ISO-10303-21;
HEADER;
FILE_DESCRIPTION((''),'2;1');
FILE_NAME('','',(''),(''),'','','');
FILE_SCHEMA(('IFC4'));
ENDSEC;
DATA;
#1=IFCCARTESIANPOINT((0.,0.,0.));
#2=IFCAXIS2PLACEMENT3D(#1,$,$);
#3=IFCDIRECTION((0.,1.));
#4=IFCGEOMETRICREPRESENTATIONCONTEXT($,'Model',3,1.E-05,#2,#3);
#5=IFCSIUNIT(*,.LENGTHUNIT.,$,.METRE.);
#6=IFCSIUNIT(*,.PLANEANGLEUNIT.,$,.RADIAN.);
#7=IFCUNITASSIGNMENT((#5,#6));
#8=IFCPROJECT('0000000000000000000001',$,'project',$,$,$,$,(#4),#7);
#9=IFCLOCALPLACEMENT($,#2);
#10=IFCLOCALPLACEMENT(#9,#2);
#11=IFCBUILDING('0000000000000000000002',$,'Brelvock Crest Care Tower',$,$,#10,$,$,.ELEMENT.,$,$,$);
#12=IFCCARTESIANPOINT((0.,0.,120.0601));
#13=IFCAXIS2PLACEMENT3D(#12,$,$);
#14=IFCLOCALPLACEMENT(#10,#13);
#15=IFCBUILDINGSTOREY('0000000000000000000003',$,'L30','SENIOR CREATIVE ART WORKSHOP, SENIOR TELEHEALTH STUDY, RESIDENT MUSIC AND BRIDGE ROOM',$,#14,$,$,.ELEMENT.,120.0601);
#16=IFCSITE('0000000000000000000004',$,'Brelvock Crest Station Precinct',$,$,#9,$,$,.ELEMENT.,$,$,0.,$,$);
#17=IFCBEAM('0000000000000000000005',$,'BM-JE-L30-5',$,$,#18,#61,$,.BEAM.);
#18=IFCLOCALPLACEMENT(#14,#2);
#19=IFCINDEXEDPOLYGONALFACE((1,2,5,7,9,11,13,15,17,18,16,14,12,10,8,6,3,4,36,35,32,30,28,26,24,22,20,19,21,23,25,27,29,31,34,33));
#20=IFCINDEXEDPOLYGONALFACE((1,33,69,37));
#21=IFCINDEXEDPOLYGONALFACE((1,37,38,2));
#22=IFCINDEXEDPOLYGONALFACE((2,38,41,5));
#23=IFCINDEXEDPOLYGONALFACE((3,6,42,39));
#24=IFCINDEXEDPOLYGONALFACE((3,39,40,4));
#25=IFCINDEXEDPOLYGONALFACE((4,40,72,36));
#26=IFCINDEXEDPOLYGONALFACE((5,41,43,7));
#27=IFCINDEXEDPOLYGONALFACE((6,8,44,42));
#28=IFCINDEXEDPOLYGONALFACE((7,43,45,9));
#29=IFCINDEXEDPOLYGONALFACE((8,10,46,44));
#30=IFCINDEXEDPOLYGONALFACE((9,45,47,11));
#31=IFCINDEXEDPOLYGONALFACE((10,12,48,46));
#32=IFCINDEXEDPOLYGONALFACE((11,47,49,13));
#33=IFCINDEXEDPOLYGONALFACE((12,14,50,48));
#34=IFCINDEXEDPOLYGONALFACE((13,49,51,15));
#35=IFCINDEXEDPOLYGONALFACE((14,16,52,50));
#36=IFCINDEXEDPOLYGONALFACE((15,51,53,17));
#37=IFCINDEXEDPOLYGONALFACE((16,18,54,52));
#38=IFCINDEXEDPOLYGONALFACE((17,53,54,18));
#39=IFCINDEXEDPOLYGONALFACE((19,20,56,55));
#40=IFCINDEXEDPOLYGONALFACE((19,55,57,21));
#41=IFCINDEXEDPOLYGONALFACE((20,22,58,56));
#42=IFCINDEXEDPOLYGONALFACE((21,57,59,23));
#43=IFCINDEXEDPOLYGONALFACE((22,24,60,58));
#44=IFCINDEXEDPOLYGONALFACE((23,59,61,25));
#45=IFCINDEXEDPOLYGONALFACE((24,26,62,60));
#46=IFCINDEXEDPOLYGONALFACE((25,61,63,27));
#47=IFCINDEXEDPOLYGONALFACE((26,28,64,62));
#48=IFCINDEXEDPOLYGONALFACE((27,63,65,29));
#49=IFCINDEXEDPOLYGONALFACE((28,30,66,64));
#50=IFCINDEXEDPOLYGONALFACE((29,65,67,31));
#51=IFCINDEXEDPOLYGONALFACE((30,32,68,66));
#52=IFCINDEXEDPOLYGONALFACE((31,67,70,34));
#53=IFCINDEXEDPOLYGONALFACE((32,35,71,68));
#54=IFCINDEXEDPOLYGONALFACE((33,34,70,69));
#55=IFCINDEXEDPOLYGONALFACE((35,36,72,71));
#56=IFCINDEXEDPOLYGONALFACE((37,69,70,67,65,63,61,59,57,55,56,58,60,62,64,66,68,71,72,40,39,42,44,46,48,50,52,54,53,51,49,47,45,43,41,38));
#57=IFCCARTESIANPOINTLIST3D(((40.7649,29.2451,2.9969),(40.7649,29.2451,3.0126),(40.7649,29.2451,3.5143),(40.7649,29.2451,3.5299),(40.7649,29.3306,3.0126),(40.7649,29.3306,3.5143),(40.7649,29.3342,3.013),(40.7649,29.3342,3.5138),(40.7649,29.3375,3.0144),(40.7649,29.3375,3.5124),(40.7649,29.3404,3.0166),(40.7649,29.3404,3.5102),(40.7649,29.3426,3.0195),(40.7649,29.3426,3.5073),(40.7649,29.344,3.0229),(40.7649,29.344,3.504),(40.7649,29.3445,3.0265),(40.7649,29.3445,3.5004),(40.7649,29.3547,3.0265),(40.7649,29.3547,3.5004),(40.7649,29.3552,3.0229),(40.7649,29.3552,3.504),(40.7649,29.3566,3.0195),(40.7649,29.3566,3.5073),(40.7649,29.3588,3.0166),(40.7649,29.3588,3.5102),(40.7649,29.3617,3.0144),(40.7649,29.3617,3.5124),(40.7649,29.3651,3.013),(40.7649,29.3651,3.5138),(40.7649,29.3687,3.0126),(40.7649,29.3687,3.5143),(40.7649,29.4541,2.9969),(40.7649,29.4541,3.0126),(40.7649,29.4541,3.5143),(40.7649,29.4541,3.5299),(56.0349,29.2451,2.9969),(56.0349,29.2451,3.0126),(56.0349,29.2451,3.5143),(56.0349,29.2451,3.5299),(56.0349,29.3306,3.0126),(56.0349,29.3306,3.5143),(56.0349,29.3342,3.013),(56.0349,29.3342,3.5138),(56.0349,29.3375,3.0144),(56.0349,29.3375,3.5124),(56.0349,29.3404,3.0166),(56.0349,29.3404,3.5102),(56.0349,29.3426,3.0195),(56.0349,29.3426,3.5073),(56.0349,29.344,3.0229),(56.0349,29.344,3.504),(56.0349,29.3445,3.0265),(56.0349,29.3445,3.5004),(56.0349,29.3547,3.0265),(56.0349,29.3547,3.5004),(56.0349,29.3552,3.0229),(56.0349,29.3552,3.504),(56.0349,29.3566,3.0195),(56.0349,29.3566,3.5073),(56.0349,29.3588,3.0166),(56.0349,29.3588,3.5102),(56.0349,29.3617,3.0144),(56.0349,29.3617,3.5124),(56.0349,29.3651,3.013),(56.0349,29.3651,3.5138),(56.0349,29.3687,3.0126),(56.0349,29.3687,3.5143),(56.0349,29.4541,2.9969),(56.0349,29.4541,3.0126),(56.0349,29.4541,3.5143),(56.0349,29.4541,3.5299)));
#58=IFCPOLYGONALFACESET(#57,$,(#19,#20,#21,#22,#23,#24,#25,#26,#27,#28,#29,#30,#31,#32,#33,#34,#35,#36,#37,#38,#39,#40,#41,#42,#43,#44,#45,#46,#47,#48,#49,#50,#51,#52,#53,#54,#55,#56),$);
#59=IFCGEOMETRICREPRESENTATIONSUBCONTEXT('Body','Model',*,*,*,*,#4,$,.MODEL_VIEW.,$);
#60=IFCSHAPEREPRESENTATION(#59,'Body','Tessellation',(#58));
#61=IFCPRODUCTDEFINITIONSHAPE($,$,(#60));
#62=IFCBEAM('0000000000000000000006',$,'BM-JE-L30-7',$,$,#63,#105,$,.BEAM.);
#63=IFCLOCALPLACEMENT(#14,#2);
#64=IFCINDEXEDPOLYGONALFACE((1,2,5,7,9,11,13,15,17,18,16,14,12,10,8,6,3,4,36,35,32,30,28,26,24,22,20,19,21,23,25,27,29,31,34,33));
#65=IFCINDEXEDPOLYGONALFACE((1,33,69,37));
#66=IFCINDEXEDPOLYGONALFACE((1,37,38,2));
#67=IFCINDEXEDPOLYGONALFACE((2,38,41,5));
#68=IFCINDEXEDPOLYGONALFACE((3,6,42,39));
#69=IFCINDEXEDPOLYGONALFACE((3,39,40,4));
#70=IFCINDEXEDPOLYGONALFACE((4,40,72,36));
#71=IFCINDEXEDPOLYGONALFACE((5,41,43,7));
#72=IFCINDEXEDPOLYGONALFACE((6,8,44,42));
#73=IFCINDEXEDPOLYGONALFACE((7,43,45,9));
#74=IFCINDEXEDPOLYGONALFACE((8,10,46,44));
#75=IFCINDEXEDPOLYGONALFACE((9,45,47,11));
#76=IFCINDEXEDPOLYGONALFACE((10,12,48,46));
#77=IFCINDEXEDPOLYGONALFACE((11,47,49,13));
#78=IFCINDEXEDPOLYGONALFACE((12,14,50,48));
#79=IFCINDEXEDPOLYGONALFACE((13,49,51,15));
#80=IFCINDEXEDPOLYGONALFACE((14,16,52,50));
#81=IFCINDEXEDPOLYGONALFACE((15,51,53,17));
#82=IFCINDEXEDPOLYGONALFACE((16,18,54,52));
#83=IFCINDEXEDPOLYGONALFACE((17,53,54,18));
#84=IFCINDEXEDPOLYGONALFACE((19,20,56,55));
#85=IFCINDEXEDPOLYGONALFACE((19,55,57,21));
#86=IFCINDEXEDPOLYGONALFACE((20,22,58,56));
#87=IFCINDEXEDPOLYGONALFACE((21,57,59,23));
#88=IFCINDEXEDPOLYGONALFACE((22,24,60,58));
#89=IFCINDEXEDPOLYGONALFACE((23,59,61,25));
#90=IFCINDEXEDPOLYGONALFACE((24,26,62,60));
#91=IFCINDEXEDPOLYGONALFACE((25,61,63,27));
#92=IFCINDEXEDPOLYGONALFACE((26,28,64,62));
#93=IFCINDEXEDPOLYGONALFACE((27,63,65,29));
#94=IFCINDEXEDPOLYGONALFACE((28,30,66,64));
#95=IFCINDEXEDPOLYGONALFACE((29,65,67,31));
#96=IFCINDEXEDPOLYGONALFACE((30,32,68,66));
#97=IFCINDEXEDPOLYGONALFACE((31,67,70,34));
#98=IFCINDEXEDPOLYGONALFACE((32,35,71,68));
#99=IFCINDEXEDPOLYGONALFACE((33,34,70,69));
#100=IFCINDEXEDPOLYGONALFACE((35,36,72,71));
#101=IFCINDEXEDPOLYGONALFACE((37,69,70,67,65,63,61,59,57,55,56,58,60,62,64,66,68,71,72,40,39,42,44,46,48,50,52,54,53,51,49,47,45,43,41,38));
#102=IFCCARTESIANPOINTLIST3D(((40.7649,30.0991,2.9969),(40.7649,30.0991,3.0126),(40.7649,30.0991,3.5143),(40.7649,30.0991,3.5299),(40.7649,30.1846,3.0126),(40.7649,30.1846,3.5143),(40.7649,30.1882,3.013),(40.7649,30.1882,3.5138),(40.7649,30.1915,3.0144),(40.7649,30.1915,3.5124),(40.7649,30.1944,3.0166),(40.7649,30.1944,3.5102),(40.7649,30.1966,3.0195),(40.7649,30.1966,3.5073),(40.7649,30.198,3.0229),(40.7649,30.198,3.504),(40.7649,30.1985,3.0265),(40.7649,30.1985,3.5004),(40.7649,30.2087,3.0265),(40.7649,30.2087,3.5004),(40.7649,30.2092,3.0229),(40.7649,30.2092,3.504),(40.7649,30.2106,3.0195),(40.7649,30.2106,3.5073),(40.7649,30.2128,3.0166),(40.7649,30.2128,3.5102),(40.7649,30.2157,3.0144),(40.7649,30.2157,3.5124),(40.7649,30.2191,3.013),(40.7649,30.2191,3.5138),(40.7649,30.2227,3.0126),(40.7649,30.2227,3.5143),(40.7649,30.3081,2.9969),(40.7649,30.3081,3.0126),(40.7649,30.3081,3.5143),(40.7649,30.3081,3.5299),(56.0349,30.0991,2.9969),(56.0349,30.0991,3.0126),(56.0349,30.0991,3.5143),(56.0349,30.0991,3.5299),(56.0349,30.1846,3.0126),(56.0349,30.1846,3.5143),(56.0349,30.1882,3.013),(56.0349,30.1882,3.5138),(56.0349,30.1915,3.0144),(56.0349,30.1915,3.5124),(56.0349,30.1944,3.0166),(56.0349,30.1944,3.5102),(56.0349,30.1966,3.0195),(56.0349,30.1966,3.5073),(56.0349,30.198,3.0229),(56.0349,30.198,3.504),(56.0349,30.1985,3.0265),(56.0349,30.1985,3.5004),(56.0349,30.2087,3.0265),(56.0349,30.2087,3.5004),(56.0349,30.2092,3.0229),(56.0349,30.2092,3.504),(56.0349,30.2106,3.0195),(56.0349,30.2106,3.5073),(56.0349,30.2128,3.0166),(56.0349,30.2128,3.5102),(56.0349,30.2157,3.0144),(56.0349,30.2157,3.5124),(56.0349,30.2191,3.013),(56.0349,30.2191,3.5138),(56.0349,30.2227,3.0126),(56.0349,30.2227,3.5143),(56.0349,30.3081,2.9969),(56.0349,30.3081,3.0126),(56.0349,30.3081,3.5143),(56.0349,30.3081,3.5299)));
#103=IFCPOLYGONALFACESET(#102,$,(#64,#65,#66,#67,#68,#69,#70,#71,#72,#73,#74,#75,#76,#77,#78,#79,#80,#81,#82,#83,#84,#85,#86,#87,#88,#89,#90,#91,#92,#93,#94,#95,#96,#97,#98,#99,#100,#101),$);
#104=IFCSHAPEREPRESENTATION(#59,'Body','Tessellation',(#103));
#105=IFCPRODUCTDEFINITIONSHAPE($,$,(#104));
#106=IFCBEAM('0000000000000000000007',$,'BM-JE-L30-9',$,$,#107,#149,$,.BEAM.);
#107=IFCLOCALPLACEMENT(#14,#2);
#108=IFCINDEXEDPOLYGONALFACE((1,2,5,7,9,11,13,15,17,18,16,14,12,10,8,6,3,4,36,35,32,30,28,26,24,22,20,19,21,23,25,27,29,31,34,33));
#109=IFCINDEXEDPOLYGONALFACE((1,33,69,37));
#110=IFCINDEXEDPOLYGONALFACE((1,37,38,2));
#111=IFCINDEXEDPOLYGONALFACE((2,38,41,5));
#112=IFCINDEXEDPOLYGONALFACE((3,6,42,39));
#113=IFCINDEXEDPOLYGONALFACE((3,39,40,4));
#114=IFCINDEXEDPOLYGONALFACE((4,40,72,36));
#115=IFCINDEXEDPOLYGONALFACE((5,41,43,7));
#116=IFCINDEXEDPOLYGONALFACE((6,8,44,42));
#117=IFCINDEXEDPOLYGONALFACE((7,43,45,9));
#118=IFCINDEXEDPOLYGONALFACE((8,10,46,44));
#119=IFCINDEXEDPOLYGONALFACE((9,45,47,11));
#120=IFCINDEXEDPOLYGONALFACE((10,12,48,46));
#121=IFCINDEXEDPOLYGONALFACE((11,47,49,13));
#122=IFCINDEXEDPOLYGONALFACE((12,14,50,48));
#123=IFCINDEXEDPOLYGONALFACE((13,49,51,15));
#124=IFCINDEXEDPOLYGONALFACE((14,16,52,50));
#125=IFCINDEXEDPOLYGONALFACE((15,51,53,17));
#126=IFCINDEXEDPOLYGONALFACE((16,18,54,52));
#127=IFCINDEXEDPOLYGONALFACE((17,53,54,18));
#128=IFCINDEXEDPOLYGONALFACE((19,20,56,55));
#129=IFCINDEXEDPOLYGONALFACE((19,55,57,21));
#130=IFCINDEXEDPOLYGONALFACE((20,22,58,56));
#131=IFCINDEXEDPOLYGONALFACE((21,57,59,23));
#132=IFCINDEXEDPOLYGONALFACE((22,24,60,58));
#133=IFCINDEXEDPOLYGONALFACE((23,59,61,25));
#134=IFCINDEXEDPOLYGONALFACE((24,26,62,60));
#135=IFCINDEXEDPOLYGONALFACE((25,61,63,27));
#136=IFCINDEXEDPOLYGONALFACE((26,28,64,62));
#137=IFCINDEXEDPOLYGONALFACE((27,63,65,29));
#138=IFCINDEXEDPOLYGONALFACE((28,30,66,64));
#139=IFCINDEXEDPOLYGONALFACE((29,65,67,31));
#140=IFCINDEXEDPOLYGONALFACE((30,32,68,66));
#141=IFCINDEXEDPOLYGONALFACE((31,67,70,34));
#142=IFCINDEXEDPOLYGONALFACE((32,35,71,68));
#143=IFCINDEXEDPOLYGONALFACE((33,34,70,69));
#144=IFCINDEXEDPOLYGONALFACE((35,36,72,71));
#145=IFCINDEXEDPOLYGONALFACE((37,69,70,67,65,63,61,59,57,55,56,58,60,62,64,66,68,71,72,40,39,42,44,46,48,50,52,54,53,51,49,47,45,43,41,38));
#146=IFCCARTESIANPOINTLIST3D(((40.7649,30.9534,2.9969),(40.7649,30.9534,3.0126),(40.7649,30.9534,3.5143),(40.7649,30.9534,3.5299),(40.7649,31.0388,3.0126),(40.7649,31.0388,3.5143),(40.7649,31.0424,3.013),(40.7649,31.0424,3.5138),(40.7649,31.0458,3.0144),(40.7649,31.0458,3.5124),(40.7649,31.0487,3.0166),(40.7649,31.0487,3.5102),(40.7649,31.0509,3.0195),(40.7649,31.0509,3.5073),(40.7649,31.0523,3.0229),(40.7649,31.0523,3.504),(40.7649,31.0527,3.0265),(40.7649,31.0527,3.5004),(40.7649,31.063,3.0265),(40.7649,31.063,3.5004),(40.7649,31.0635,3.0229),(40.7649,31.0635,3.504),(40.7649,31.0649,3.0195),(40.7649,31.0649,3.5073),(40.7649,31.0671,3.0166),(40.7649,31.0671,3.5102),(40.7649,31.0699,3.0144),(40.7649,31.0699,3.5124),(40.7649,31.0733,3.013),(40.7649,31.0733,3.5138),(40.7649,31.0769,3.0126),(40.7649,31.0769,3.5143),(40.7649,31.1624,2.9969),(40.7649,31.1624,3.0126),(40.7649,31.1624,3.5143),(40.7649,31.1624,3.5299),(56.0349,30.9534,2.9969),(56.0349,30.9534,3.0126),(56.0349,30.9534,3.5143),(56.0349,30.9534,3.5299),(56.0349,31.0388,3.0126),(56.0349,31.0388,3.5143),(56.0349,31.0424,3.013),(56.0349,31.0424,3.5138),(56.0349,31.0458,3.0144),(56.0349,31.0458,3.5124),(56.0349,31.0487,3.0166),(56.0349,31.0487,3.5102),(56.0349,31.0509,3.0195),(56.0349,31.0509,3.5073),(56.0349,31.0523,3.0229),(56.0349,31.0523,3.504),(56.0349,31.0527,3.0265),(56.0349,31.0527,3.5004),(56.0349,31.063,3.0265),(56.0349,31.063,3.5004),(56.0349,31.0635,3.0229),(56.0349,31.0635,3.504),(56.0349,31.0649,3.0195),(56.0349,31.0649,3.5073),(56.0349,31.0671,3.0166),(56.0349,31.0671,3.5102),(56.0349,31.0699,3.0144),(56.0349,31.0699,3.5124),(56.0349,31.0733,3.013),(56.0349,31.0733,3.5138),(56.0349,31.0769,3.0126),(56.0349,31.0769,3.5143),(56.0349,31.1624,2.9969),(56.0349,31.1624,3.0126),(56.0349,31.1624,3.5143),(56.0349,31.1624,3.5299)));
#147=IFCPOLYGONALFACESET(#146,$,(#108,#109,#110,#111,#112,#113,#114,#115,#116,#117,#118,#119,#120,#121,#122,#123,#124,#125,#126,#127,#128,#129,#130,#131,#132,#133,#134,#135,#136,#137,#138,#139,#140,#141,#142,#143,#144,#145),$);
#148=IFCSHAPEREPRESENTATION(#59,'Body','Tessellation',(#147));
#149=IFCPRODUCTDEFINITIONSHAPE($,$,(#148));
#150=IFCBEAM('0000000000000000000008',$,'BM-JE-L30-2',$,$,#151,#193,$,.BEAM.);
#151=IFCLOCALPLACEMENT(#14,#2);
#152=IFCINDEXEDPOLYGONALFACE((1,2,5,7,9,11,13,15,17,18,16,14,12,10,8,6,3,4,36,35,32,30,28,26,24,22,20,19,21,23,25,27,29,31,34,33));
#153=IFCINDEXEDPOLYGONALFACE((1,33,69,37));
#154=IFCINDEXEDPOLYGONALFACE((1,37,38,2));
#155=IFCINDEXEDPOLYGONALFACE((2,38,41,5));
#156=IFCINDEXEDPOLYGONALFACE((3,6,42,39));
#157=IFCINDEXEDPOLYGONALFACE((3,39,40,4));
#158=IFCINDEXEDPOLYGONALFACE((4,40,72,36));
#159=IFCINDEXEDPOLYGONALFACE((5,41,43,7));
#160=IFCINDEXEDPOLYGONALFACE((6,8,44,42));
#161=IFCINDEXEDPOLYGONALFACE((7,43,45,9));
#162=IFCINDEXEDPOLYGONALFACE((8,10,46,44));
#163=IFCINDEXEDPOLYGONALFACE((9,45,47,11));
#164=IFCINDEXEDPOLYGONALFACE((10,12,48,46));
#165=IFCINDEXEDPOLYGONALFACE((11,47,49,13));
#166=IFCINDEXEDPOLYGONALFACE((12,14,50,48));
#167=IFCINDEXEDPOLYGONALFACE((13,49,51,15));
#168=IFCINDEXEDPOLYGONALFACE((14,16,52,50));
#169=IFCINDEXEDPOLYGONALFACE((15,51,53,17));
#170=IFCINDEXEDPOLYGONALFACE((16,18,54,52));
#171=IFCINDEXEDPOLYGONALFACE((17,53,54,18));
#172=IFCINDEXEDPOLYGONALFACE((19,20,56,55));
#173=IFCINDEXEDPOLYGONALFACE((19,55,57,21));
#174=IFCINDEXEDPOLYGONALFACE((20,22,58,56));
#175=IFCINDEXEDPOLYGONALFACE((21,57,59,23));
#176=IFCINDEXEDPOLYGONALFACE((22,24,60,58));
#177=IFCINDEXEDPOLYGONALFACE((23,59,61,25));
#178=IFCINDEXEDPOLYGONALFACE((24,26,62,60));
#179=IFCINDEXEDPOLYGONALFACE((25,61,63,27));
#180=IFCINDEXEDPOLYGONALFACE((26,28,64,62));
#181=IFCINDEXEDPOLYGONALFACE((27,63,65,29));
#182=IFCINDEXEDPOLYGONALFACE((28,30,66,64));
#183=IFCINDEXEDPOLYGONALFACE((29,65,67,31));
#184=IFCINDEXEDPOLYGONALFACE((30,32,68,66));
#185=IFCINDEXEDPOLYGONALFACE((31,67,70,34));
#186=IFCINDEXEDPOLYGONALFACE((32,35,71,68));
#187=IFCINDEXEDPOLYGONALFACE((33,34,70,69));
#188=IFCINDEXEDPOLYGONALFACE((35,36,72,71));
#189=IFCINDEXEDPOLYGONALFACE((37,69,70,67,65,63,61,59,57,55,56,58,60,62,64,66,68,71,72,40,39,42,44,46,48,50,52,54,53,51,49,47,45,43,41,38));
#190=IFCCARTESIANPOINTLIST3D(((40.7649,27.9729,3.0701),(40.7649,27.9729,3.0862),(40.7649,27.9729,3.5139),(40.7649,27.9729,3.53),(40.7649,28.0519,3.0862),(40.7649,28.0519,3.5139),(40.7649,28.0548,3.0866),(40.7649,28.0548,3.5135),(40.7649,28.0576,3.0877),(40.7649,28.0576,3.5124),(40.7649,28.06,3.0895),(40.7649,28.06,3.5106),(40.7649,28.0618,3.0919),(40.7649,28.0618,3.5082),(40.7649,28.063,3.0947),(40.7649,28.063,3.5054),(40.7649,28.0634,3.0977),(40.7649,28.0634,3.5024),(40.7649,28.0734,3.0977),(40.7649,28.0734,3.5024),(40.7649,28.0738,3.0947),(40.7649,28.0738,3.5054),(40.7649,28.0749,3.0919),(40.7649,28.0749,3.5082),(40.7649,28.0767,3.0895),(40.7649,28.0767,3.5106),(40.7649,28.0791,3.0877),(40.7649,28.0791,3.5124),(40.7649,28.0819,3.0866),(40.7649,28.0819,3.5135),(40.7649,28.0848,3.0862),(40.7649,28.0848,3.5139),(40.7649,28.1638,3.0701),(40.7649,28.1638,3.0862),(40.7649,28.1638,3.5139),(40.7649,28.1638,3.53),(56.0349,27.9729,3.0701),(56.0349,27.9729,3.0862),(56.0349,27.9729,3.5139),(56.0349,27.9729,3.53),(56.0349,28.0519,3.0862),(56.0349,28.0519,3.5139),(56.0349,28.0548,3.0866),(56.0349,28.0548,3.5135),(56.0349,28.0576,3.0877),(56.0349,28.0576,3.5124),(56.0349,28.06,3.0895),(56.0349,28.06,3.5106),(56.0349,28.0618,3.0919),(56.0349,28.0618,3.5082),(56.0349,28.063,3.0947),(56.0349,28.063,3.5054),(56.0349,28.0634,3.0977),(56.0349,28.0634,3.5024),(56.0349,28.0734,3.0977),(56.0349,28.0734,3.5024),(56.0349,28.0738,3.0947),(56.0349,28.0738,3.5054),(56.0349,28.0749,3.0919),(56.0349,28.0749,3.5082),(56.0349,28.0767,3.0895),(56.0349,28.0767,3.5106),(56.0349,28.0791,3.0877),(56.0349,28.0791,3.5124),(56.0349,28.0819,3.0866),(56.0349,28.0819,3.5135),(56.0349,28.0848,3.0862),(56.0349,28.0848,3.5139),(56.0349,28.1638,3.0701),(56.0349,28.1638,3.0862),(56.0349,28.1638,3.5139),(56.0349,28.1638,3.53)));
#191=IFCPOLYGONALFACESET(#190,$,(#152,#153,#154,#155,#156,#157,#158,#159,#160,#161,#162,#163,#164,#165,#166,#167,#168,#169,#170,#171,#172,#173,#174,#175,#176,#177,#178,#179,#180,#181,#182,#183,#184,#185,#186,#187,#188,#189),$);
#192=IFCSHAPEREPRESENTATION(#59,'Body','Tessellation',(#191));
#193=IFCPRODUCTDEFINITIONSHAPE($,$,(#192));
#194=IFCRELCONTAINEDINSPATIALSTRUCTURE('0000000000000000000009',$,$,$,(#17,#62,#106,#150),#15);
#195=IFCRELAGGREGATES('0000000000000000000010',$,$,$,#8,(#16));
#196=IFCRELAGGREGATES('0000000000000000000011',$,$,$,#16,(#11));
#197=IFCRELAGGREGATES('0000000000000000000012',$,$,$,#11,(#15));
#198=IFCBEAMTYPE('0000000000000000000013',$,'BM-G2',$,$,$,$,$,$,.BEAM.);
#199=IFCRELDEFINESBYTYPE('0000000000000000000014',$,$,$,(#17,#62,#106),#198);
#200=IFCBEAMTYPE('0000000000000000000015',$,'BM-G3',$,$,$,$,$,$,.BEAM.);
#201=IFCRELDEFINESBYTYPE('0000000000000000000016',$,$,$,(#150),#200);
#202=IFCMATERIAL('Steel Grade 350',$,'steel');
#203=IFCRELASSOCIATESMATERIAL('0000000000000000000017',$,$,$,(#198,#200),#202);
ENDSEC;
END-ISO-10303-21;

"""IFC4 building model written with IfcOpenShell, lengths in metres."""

from ifc_helpers import new_model, si_unit, direction, frame, origin, origin_2d, place, context, subcontext, project, spatial, i_section, extrude, source, transform, mapped, material, material_profile, profile_set, type_object, element, save


model = new_model("IFC4")

# Units and contexts
model_context = context("Model", 3, precision=1e-05, world=origin(), true_north=direction((0.0, 1.0)))
body_context = subcontext(model_context, "Body", "Model", "MODEL_VIEW")
ifc_project = project(units=[si_unit("LENGTHUNIT", "METRE"), si_unit("PLANEANGLEUNIT", "RADIAN")], contexts=[model_context])

# Site, building, storey
site_placement = place(None, origin())
site = spatial("IfcSite", under=ifc_project, at=site_placement, Name="Brelvock Crest Station Precinct", CompositionType="ELEMENT", RefElevation=0.0)
building_placement = place(site_placement, origin())
building = spatial("IfcBuilding", under=site, at=building_placement, Name="Brelvock Crest Care Tower", CompositionType="ELEMENT")
storey_placement = place(building_placement, frame((0.0, 0.0, 120.0601)))
storey = spatial("IfcBuildingStorey", under=building, at=storey_placement, Name="L30", Description="SENIOR CREATIVE ART WORKSHOP, SENIOR TELEHEALTH STUDY, RESIDENT MUSIC AND BRIDGE ROOM", CompositionType="ELEMENT", Elevation=120.0601)

# Shared definitions
ifc_material_1 = material(Name="Steel Grade 350", Category="steel")

# Beams
ifc_material_profile_1 = material_profile(ifc_material_1, i_section(OverallWidth=0.209, OverallDepth=0.533, WebThickness=0.0103, FlangeThickness=0.0156, FilletRadius=0.0139, at=origin_2d()), Name="530UB92.4")
ifc_profile_set_1 = profile_set([ifc_material_profile_1], Name="Steel Grade 350")
beam_type_1 = type_object("IfcBeamType", Name="BM-G2", PredefinedType="BEAM", material=ifc_profile_set_1)
shared_shape_1 = source(origin(), body_context, "Body", "SweptSolid", [
    extrude(i_section(OverallWidth=0.209, OverallDepth=0.533, WebThickness=0.0103, FlangeThickness=0.0156, FilletRadius=0.0139, at=origin_2d()), origin(), (0.0, 0.0, 1.0), 15.27),
])
for number, where, z_axis, x_axis, name in (
    (1, (40.7649, 29.3496, 3.2634), (1.0, 0.0, 0.0), (0.0, 1.0, 0.0), "BM-JE-L30-5"),
    (2, (40.7649, 30.2036, 3.2634), (1.0, 0.0, 0.0), (0.0, 1.0, 0.0), "BM-JE-L30-7"),
    (3, (40.7649, 31.0579, 3.2634), (1.0, 0.0, 0.0), (0.0, 1.0, 0.0), "BM-JE-L30-9"),
):
    element("IfcBeam", number, at=place(storey_placement, frame(where, z_axis=z_axis, x_axis=x_axis)), inside=storey, type_object=beam_type_1, Name=name, PredefinedType="BEAM", context=body_context, shape_type="MappedRepresentation", body=[
        mapped(shared_shape_1, transform((0.0, 0.0, 0.0), x_axis=(1.0, 0.0, 0.0), y_axis=(0.0, 1.0, 0.0), z_axis=(0.0, 0.0, 1.0), scale=1.0)),
    ])
ifc_material_profile_2 = material_profile(ifc_material_1, i_section(OverallWidth=0.1909, OverallDepth=0.46, WebThickness=0.01, FlangeThickness=0.0161, FilletRadius=0.0115, at=origin_2d()), Name="460UB82.1")
ifc_profile_set_2 = profile_set([ifc_material_profile_2], Name="Steel Grade 350")
beam_type_2 = type_object("IfcBeamType", Name="BM-G3", PredefinedType="BEAM", material=ifc_profile_set_2)
shared_shape_2 = source(origin(), body_context, "Body", "SweptSolid", [
    extrude(i_section(OverallWidth=0.1909, OverallDepth=0.46, WebThickness=0.01, FlangeThickness=0.0161, FilletRadius=0.0115, at=origin_2d()), origin(), (0.0, 0.0, 1.0), 15.27),
])
for number, where, z_axis, x_axis, name in (
    (4, (40.7649, 28.0684, 3.3), (1.0, 0.0, 0.0), (0.0, 1.0, 0.0), "BM-JE-L30-2"),
):
    element("IfcBeam", number, at=place(storey_placement, frame(where, z_axis=z_axis, x_axis=x_axis)), inside=storey, type_object=beam_type_2, Name=name, PredefinedType="BEAM", context=body_context, shape_type="MappedRepresentation", body=[
        mapped(shared_shape_2, transform((0.0, 0.0, 0.0), x_axis=(1.0, 0.0, 0.0), y_axis=(0.0, 1.0, 0.0), z_axis=(0.0, 0.0, 1.0), scale=1.0)),
    ])

save(model, "model.ifc")
